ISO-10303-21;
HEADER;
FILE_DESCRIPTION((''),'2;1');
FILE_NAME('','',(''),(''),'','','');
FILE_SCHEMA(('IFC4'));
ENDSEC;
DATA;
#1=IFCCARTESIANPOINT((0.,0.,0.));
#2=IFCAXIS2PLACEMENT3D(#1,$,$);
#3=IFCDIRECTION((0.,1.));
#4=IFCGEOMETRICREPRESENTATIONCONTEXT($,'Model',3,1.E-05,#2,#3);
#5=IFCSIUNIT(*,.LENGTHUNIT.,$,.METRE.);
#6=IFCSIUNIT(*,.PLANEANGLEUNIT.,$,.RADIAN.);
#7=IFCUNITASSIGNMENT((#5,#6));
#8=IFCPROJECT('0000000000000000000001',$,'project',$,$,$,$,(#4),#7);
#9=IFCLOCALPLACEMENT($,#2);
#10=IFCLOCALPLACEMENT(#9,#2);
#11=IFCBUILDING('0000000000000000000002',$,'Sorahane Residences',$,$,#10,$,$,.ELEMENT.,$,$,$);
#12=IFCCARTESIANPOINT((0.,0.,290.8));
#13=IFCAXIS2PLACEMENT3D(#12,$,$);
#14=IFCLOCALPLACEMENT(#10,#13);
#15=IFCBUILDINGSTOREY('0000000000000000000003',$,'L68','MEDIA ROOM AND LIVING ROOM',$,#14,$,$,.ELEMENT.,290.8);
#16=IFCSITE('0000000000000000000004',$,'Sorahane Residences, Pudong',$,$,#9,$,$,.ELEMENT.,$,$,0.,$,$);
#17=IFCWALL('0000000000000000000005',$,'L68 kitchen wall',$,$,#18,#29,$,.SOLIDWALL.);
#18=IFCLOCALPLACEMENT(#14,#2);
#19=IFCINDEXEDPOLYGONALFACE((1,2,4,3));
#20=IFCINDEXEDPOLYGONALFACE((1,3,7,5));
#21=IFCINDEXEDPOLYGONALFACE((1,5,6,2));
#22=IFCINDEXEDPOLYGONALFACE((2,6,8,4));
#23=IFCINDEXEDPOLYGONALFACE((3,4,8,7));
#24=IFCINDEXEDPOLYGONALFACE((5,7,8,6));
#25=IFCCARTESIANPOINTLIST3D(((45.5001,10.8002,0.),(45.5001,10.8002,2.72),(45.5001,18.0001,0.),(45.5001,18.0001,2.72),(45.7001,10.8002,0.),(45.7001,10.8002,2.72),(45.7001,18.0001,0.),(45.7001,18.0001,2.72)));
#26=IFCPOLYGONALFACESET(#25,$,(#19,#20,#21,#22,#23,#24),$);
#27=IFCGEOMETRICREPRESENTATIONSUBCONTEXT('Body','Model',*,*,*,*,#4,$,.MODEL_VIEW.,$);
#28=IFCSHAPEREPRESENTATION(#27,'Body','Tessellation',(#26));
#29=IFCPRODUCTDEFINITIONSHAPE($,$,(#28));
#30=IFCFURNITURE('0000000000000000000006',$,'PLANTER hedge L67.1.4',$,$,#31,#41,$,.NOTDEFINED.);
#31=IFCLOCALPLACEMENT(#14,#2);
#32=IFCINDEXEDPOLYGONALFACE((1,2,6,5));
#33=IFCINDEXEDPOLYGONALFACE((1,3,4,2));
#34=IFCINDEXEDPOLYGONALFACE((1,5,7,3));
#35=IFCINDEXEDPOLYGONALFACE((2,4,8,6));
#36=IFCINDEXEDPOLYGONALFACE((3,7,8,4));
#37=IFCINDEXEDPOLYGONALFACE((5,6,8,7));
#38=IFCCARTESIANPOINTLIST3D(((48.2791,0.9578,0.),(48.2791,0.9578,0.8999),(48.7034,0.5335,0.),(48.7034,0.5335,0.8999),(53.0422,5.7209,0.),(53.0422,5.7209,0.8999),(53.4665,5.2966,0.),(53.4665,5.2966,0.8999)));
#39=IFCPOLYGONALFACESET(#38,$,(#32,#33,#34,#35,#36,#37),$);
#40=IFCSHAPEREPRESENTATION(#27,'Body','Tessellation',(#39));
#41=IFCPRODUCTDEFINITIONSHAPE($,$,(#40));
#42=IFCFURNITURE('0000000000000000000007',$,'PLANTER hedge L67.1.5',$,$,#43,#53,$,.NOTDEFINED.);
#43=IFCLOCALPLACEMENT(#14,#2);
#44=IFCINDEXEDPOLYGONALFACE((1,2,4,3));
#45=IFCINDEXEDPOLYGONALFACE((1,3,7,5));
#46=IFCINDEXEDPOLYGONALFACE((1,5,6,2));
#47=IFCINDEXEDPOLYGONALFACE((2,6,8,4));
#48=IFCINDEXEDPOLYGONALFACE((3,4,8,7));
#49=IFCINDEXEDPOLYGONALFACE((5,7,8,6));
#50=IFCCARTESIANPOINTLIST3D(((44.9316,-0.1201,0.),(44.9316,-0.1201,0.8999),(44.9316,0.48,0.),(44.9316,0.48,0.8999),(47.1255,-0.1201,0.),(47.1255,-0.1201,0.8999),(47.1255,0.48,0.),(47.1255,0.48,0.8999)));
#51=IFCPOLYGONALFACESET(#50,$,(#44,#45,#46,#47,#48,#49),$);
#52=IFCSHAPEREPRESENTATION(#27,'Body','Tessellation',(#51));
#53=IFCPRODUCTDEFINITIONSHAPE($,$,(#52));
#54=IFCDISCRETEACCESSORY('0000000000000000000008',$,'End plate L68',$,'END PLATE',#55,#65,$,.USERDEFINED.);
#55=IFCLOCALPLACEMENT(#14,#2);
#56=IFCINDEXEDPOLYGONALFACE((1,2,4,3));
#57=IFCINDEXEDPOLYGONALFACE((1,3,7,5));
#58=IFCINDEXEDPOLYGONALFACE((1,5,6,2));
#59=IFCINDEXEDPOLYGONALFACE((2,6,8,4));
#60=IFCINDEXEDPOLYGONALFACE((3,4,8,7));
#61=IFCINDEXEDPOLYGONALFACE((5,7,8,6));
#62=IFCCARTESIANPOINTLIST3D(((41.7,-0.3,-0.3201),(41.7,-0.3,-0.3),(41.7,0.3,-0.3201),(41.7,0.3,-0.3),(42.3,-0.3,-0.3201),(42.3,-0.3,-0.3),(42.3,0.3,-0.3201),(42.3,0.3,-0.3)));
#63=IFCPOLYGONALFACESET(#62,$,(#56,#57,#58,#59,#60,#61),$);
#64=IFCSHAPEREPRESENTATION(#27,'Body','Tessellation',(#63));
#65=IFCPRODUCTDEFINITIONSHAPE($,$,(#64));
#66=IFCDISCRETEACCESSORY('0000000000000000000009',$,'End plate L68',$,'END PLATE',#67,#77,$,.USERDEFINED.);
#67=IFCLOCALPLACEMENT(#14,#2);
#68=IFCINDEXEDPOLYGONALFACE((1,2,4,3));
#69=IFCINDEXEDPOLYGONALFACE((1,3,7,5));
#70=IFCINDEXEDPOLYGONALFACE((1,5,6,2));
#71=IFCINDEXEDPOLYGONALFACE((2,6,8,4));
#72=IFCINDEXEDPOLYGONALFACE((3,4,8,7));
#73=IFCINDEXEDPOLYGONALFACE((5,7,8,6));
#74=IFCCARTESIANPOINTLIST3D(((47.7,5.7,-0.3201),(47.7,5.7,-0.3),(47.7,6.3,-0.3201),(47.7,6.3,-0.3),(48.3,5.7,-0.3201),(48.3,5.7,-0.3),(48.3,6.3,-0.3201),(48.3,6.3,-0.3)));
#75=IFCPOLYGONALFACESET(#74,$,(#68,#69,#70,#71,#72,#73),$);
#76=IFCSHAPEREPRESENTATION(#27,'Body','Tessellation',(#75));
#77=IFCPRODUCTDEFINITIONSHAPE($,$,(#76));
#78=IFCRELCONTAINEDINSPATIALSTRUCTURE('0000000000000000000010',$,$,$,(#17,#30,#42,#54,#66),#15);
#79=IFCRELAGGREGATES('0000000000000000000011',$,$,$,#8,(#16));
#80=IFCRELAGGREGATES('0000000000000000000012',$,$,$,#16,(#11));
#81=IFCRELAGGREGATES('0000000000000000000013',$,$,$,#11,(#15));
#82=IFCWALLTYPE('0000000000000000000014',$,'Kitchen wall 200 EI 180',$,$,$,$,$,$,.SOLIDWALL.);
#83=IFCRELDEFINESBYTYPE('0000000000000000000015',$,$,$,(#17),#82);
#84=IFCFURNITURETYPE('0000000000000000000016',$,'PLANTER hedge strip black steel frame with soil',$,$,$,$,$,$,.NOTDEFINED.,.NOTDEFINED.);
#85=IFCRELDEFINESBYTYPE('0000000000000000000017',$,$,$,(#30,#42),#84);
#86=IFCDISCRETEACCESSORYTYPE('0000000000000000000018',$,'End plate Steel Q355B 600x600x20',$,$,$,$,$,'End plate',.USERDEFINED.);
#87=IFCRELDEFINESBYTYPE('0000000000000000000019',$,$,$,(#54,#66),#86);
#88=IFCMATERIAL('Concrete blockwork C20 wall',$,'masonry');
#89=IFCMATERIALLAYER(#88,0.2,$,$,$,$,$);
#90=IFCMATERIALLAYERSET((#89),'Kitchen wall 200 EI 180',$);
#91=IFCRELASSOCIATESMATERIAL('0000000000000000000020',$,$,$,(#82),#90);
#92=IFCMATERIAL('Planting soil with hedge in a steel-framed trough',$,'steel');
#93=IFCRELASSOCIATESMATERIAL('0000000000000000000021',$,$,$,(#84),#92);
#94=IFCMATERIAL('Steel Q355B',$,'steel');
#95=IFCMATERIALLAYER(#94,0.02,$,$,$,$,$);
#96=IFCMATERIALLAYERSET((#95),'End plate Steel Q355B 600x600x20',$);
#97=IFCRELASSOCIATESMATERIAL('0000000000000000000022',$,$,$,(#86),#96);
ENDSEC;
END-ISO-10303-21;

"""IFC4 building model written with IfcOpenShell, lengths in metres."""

from ifc_helpers import new_model, si_unit, direction, frame, frame_2d, origin, origin_2d, place, context, subcontext, project, spatial, rectangle, extrude, material, layer, layer_set, type_object, element, save


model = new_model("IFC4")

# Units and contexts
model_context = context("Model", 3, precision=1e-05, world=origin(), true_north=direction((0.0, 1.0)))
body_context = subcontext(model_context, "Body", "Model", "MODEL_VIEW")
ifc_project = project(units=[si_unit("LENGTHUNIT", "METRE"), si_unit("PLANEANGLEUNIT", "RADIAN")], contexts=[model_context])

# Site, building, storey
site_placement = place(None, origin())
site = spatial("IfcSite", under=ifc_project, at=site_placement, Name="Sorahane Residences, Pudong", CompositionType="ELEMENT", RefElevation=0.0)
building_placement = place(site_placement, origin())
building = spatial("IfcBuilding", under=site, at=building_placement, Name="Sorahane Residences", CompositionType="ELEMENT")
storey_placement = place(building_placement, frame((0.0, 0.0, 290.8)))
storey = spatial("IfcBuildingStorey", under=building, at=storey_placement, Name="L68", Description="MEDIA ROOM AND LIVING ROOM", CompositionType="ELEMENT", Elevation=290.8)

# Wall
ifc_material_1 = material(Name="Concrete blockwork C20 wall", Category="masonry")
ifc_layer_1 = layer(ifc_material_1, 0.2)
ifc_layer_set_1 = layer_set([ifc_layer_1], Name="Kitchen wall 200 EI 180")
wall_type_1 = type_object("IfcWallType", Name="Kitchen wall 200 EI 180", PredefinedType="SOLIDWALL", material=ifc_layer_set_1)
wall_1_placement = place(storey_placement, frame((45.6001, 10.8, 0.0), z_axis=(0.0, 0.0, 1.0), x_axis=(0.0, 1.0, 0.0)))
element("IfcWall", 1, at=wall_1_placement, inside=storey, type_object=wall_type_1, Name="L68 kitchen wall", PredefinedType="SOLIDWALL", context=body_context, shape_type="SweptSolid", body=[
    extrude(rectangle(XDim=7.2, YDim=0.2, at=frame_2d((3.6001, 0.0))), origin(), (0.0, 0.0, 1.0), 2.72),
])

# Furniture
ifc_material_2 = material(Name="Planting soil with hedge in a steel-framed trough", Category="steel")
furniture_type = type_object("IfcFurnitureType", Name="PLANTER hedge strip black steel frame with soil", AssemblyPlace="NOTDEFINED", PredefinedType="NOTDEFINED", material=ifc_material_2)
furniture_1_placement = place(storey_placement, frame((50.8728, 3.1272, 0.0), z_axis=(0.0, 0.0, 1.0), x_axis=(-0.707107, -0.707107, 0.0)))
element("IfcFurniture", 2, at=furniture_1_placement, inside=storey, type_object=furniture_type, Name="PLANTER hedge L67.1.4", PredefinedType="NOTDEFINED", context=body_context, shape_type="SweptSolid", body=[
    extrude(rectangle(XDim=6.7361, YDim=0.6001, at=origin_2d()), origin(), (0.0, 0.0, 1.0), 0.8999),
])
furniture_2_placement = place(storey_placement, frame((46.0286, 0.1799, 0.0), z_axis=(0.0, 0.0, 1.0), x_axis=(-1.0, 0.0, 0.0)))
element("IfcFurniture", 3, at=furniture_2_placement, inside=storey, type_object=furniture_type, Name="PLANTER hedge L67.1.5", PredefinedType="NOTDEFINED", context=body_context, shape_type="SweptSolid", body=[
    extrude(rectangle(XDim=2.1938, YDim=0.6001, at=origin_2d()), origin(), (0.0, 0.0, 1.0), 0.8999),
])

# Discrete accessories
ifc_material_3 = material(Name="Steel Q355B", Category="steel")
ifc_layer_2 = layer(ifc_material_3, 0.02)
ifc_layer_set_2 = layer_set([ifc_layer_2], Name="End plate Steel Q355B 600x600x20")
discrete_accessory_type = type_object("IfcDiscreteAccessoryType", Name="End plate Steel Q355B 600x600x20", ElementType="End plate", PredefinedType="USERDEFINED", material=ifc_layer_set_2)
for number, where, z_axis, x_axis, name in (
    (4, (42.0, 0.0, -0.3201), (0.0, 0.0, 1.0), (1.0, 0.0, 0.0), "End plate L68"),
    (5, (48.0, 6.0, -0.3201), (0.0, 0.0, 1.0), (1.0, 0.0, 0.0), "End plate L68"),
):
    element("IfcDiscreteAccessory", number, at=place(storey_placement, frame(where, z_axis=z_axis, x_axis=x_axis)), inside=storey, type_object=discrete_accessory_type, Name=name, ObjectType="END PLATE", PredefinedType="USERDEFINED", context=body_context, shape_type="SweptSolid", body=[
        extrude(rectangle(XDim=0.6001, YDim=0.6001, at=origin_2d()), origin(), (0.0, 0.0, 1.0), 0.02),
    ])

save(model, "model.ifc")
